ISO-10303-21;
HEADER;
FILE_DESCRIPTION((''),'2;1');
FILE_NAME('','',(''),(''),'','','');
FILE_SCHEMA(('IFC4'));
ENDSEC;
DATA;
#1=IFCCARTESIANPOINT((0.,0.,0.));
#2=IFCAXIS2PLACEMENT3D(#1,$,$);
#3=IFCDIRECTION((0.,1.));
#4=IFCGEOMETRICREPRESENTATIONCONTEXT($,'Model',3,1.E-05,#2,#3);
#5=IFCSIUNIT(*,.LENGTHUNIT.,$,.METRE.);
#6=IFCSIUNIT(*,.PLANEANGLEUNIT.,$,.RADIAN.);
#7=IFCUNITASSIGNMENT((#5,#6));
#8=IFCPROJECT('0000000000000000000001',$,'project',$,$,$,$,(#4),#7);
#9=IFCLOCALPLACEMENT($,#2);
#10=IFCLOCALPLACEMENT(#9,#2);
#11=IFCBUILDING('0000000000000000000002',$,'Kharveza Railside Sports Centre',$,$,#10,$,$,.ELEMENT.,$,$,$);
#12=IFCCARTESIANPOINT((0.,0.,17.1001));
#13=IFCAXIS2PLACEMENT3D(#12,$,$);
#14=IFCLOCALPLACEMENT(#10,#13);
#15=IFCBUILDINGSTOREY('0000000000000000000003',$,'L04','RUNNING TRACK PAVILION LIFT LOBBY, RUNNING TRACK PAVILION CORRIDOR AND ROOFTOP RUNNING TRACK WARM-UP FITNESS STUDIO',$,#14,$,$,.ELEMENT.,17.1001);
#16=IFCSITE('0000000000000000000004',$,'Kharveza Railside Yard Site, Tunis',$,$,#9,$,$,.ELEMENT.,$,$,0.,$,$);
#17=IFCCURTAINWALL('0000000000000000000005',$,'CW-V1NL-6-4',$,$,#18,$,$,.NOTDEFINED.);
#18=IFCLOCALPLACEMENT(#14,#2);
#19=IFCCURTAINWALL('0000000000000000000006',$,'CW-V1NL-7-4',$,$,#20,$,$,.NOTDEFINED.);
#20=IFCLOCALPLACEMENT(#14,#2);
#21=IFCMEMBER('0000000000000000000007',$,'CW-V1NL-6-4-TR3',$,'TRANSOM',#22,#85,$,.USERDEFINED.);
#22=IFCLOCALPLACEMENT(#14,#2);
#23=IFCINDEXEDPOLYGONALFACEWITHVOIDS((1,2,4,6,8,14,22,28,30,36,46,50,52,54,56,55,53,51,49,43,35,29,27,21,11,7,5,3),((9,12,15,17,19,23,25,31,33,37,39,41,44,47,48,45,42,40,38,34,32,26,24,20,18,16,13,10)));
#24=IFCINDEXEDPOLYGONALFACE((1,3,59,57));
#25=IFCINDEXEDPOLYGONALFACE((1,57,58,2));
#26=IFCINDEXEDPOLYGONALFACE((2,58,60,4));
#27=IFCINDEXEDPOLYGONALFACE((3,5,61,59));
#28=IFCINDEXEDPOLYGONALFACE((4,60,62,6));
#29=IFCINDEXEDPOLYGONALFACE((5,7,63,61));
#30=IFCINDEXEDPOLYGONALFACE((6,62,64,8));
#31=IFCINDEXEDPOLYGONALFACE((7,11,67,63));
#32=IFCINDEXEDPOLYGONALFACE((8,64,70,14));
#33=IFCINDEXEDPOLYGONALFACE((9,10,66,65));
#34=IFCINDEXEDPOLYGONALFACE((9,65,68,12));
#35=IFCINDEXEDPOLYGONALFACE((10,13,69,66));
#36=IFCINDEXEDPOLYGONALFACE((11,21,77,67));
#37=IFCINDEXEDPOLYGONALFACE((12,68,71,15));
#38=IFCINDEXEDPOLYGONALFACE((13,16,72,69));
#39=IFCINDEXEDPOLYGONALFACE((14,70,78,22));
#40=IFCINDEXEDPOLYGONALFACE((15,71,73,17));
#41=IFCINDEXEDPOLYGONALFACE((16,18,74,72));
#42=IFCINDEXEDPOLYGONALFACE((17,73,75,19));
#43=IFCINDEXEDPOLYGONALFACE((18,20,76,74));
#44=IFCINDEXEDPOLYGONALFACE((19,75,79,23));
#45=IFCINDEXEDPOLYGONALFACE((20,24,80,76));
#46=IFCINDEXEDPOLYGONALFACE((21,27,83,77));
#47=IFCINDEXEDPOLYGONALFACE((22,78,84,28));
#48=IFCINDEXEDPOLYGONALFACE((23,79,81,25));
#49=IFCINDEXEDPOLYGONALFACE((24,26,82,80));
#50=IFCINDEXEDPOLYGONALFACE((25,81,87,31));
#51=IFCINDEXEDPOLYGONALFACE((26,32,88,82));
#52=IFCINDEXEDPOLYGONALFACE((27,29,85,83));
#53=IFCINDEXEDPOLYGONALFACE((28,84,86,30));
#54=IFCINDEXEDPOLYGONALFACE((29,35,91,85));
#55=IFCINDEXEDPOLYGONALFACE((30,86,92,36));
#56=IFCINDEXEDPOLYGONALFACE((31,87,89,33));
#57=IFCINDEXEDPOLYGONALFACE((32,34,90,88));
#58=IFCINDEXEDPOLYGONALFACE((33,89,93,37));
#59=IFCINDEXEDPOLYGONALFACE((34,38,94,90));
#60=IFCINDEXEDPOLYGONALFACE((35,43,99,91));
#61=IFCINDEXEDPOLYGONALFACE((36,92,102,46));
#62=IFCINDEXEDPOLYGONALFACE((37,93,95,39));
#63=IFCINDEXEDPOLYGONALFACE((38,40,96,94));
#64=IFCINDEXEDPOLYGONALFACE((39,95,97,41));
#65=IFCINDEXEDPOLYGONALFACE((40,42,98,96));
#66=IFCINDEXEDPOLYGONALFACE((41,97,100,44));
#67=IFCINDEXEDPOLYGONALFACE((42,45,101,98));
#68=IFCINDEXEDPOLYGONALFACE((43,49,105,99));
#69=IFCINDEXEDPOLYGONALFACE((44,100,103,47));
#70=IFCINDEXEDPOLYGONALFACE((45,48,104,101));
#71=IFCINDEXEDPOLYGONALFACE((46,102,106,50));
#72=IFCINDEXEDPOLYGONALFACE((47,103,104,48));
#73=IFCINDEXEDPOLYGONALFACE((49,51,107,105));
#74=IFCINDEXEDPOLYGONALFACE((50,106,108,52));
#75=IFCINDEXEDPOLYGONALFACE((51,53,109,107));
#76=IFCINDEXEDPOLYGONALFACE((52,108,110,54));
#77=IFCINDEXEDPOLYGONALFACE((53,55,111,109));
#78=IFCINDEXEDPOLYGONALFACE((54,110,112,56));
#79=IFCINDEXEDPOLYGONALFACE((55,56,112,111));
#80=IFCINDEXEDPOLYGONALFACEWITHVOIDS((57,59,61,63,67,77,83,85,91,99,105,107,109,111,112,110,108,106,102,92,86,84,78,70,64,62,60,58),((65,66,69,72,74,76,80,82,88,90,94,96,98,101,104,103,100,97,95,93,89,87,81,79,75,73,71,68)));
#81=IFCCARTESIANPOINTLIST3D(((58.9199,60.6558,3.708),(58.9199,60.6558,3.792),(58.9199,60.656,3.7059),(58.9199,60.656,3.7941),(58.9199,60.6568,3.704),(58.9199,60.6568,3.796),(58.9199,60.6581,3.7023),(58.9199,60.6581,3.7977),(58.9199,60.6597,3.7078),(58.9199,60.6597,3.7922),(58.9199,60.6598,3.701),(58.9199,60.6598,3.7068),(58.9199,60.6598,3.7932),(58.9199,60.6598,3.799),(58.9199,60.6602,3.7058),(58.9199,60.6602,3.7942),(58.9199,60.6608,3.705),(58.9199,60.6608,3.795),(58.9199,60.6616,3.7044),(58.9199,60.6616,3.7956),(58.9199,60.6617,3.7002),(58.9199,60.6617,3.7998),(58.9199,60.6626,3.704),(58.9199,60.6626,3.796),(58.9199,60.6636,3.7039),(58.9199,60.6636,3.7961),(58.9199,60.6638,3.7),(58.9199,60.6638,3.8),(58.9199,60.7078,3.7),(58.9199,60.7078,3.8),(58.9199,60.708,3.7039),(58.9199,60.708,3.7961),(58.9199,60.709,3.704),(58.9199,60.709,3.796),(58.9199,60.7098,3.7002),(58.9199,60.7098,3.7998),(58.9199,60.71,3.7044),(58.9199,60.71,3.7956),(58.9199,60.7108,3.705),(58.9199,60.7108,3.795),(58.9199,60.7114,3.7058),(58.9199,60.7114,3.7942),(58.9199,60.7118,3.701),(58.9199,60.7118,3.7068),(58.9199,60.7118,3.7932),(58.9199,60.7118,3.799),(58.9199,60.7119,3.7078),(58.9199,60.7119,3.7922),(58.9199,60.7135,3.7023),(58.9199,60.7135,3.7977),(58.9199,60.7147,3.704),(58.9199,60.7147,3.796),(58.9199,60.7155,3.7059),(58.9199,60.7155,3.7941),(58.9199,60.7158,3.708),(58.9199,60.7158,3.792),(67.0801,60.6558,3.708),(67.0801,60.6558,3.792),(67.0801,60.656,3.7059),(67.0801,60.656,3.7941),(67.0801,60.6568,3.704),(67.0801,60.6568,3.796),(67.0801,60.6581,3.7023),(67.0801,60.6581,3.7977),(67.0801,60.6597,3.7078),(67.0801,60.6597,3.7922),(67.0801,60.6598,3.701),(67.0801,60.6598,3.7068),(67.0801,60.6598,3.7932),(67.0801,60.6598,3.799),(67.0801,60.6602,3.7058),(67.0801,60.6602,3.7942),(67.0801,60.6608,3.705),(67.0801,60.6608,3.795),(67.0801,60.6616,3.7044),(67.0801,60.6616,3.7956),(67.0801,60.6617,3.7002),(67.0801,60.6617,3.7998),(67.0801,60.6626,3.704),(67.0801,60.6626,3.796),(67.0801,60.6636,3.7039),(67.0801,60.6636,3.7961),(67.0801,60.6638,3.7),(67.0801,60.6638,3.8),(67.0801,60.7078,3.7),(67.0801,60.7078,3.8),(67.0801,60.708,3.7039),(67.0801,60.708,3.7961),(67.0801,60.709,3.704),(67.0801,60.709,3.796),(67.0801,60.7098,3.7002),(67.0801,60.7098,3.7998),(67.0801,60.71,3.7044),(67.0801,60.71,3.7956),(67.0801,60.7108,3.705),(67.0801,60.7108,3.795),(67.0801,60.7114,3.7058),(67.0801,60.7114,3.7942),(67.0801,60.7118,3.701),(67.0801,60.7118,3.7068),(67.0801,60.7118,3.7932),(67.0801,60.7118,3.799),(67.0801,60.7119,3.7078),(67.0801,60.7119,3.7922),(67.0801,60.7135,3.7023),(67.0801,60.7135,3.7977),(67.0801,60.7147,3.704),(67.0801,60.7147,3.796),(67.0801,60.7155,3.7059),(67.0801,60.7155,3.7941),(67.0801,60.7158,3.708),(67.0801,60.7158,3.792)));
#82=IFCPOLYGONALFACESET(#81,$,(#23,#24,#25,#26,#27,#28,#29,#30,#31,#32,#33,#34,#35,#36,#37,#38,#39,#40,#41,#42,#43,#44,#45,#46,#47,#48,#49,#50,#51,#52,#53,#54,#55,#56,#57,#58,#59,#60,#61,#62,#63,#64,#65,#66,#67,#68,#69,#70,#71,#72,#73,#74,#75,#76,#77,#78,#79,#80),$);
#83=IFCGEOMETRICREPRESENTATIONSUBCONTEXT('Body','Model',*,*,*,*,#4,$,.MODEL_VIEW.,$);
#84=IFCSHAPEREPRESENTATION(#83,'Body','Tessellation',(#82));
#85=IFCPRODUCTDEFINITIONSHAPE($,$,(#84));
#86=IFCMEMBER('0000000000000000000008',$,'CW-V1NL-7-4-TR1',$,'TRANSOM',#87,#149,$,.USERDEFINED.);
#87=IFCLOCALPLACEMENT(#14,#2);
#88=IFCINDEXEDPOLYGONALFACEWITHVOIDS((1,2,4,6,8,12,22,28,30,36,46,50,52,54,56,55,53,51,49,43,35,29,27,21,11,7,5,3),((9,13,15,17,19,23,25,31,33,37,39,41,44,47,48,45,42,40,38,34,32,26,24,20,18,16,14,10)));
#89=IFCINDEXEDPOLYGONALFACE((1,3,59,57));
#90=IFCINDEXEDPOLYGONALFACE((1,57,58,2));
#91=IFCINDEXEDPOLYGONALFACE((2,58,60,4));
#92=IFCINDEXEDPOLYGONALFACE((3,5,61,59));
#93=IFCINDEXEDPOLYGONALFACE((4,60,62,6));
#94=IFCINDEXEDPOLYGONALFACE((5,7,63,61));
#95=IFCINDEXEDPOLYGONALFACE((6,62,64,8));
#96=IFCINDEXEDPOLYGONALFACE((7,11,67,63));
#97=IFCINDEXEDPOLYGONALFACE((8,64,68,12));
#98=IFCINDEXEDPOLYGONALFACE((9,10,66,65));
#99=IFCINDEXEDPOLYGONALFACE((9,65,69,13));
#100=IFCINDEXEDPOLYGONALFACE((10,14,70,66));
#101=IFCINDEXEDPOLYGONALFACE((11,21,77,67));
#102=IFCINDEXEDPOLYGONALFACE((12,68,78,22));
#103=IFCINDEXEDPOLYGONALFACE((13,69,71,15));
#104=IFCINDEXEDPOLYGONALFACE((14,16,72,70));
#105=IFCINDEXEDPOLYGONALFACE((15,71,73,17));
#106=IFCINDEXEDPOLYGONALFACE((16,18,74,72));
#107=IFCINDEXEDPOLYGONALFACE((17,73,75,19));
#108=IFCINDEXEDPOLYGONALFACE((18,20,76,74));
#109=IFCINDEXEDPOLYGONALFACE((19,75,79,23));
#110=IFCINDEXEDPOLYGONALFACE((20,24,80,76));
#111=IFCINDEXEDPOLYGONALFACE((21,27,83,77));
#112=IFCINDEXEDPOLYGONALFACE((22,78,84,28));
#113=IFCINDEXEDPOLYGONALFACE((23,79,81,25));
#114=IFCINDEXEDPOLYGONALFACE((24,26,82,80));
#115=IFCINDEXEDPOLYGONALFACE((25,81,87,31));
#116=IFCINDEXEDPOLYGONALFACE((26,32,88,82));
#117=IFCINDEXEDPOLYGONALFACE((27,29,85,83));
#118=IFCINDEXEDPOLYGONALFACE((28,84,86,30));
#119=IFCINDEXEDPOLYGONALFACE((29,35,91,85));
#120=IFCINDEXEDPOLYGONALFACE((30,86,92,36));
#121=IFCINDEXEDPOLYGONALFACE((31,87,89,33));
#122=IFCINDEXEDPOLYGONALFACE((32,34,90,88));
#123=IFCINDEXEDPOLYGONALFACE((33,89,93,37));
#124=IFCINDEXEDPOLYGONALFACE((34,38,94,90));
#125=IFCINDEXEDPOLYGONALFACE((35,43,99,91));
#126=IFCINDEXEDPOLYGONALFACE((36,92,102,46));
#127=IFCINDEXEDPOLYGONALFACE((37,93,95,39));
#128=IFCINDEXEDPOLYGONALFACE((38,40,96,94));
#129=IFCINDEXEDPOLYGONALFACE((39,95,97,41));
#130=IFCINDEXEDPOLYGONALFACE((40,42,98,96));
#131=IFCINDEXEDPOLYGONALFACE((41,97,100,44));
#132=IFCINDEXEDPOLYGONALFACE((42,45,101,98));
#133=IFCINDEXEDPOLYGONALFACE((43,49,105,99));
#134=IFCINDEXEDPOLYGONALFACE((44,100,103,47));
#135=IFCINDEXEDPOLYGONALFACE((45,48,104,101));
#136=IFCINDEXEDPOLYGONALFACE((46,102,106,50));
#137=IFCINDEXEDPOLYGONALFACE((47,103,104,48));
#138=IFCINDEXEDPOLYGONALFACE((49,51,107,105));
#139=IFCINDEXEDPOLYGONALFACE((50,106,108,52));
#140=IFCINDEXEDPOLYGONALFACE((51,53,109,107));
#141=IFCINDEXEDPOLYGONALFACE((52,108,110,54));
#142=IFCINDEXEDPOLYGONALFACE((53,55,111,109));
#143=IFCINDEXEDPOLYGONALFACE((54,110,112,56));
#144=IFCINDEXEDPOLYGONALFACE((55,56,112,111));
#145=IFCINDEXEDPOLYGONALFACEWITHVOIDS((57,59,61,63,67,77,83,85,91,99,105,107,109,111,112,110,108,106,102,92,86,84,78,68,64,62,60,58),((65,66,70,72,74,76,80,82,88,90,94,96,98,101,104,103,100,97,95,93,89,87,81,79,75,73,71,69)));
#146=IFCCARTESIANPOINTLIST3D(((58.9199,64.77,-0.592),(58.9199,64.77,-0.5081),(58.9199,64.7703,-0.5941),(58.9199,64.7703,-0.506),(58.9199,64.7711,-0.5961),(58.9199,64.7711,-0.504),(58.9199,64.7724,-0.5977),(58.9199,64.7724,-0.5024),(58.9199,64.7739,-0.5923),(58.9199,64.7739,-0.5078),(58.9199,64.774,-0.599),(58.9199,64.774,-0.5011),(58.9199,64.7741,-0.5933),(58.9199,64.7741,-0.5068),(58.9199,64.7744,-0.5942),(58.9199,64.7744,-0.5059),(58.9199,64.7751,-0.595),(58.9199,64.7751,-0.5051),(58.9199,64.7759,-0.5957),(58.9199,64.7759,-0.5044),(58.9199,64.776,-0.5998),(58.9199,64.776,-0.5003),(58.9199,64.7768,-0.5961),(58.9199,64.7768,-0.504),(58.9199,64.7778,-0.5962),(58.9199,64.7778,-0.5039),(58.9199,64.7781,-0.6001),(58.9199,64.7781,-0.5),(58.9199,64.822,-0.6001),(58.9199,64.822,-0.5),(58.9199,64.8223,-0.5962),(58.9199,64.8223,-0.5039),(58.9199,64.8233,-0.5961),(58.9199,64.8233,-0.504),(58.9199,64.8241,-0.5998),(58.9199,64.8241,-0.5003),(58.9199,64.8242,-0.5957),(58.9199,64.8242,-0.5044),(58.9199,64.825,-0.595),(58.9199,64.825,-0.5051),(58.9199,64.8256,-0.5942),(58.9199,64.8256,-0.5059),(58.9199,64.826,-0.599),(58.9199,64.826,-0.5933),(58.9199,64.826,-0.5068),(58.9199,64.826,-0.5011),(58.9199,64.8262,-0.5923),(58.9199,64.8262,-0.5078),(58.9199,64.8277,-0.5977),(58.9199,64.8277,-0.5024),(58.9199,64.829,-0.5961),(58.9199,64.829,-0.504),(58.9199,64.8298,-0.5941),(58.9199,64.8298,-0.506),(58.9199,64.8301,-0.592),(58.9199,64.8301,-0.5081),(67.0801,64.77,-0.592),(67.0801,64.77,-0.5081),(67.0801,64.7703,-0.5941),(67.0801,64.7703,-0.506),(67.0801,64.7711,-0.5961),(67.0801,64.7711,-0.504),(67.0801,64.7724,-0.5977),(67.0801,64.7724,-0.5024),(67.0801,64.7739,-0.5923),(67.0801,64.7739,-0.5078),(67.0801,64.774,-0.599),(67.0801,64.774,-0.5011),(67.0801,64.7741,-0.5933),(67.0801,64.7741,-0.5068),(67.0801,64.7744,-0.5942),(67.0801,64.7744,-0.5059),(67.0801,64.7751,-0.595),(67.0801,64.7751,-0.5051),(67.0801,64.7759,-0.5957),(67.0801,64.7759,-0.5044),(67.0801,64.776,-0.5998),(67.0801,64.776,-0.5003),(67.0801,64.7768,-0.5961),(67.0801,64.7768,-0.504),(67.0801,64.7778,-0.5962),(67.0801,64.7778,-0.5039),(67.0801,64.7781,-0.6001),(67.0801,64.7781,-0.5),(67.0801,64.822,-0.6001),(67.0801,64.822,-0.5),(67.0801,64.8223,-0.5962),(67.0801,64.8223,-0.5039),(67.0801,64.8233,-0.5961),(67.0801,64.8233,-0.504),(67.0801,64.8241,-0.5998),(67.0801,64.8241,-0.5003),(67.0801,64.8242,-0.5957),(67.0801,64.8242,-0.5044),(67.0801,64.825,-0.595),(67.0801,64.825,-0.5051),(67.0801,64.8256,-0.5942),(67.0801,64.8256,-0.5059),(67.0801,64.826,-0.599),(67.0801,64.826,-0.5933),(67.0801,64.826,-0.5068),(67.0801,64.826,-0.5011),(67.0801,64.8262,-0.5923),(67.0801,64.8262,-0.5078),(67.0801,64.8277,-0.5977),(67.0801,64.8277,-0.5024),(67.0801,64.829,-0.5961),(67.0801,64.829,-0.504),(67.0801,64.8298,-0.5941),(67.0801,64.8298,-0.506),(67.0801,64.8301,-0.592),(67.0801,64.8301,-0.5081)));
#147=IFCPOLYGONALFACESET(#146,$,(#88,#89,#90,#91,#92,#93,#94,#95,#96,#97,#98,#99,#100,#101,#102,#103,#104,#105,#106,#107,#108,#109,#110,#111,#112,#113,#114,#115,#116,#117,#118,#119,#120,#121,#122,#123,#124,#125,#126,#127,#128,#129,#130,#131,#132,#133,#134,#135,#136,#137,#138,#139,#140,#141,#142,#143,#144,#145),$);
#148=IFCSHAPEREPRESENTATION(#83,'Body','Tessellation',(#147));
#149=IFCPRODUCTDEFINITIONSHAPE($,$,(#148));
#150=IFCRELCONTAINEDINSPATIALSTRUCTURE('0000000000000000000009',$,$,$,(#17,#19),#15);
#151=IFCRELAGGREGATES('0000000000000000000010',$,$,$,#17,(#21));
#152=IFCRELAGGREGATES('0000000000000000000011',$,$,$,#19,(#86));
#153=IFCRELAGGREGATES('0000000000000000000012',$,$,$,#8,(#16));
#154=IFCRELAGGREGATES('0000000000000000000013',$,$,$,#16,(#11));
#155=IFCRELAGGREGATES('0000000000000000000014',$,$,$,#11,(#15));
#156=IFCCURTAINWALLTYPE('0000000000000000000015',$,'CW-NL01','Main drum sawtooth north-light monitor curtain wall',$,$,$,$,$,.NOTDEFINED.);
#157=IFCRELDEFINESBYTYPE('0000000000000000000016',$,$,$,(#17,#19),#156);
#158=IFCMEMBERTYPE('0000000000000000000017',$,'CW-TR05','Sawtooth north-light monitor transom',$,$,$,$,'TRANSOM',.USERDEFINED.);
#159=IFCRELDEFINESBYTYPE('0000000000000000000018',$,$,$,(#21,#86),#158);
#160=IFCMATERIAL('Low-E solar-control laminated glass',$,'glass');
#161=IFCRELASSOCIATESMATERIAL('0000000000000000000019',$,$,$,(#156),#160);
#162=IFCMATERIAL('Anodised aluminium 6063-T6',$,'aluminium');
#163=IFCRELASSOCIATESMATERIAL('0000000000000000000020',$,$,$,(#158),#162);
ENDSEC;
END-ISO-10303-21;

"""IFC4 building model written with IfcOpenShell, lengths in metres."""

from ifc_helpers import new_model, si_unit, direction, frame, origin, origin_2d, place, context, subcontext, project, spatial, hollow_rectangle, extrude, material, material_profile, profile_set, type_object, element, aggregate, save


model = new_model("IFC4")

# Units and contexts
model_context = context("Model", 3, precision=1e-05, world=origin(), true_north=direction((0.0, 1.0)))
body_context = subcontext(model_context, "Body", "Model", "MODEL_VIEW")
ifc_project = project(units=[si_unit("LENGTHUNIT", "METRE"), si_unit("PLANEANGLEUNIT", "RADIAN")], contexts=[model_context])

# Site, building, storey
site_placement = place(None, origin())
site = spatial("IfcSite", under=ifc_project, at=site_placement, Name="Kharveza Railside Yard Site, Tunis", CompositionType="ELEMENT", RefElevation=0.0)
building_placement = place(site_placement, origin())
building = spatial("IfcBuilding", under=site, at=building_placement, Name="Kharveza Railside Sports Centre", CompositionType="ELEMENT")
storey_placement = place(building_placement, frame((0.0, 0.0, 17.1001)))
storey = spatial("IfcBuildingStorey", under=building, at=storey_placement, Name="L04", Description="RUNNING TRACK PAVILION LIFT LOBBY, RUNNING TRACK PAVILION CORRIDOR AND ROOFTOP RUNNING TRACK WARM-UP FITNESS STUDIO", CompositionType="ELEMENT", Elevation=17.1001)

# Curtain wall
ifc_material_1 = material(Name="Low-E solar-control laminated glass", Category="glass")
curtain_wall_type = type_object("IfcCurtainWallType", Name="CW-NL01", Description="Main drum sawtooth north-light monitor curtain wall", PredefinedType="NOTDEFINED", material=ifc_material_1)
curtain_wall_1_placement = place(storey_placement, origin())
curtain_wall_1 = element("IfcCurtainWall", 1, at=curtain_wall_1_placement, inside=storey, type_object=curtain_wall_type, Name="CW-V1NL-6-4", PredefinedType="NOTDEFINED")
ifc_material_2 = material(Name="Anodised aluminium 6063-T6", Category="aluminium")

# Curtain wall
curtain_wall_2_placement = place(storey_placement, origin())
curtain_wall_2 = element("IfcCurtainWall", 2, at=curtain_wall_2_placement, inside=storey, type_object=curtain_wall_type, Name="CW-V1NL-7-4", PredefinedType="NOTDEFINED")

# Members
ifc_material_profile_1 = material_profile(ifc_material_2, hollow_rectangle(XDim=0.0601, YDim=0.1001, WallThickness=0.0039, InnerFilletRadius=0.0039, OuterFilletRadius=0.0081, at=origin_2d()), Name="RHS 60x100x4.0")
ifc_profile_set_1 = profile_set([ifc_material_profile_1], Name="Anodised aluminium 6063-T6")
member_type_1 = type_object("IfcMemberType", Name="CW-TR05", Description="Sawtooth north-light monitor transom", ElementType="TRANSOM", PredefinedType="USERDEFINED", material=ifc_profile_set_1)
member_1_placement = place(storey_placement, frame((58.9199, 60.6858, 3.75), z_axis=(1.0, 0.0, 0.0), x_axis=(0.0, 1.0, 0.0)))
member_1 = element("IfcMember", 3, at=member_1_placement, type_object=member_type_1, Name="CW-V1NL-6-4-TR3", ObjectType="TRANSOM", PredefinedType="USERDEFINED", context=body_context, shape_type="SweptSolid", body=[
    extrude(hollow_rectangle(XDim=0.0601, YDim=0.1001, WallThickness=0.0039, InnerFilletRadius=0.0039, OuterFilletRadius=0.0081, at=origin_2d()), origin(), (0.0, 0.0, 1.0), 8.1602),
])
member_2_placement = place(storey_placement, frame((58.9199, 64.8, -0.55), z_axis=(1.0, 0.0, 0.0), x_axis=(0.0, 1.0, 0.0)))
member_2 = element("IfcMember", 4, at=member_2_placement, type_object=member_type_1, Name="CW-V1NL-7-4-TR1", ObjectType="TRANSOM", PredefinedType="USERDEFINED", context=body_context, shape_type="SweptSolid", body=[
    extrude(hollow_rectangle(XDim=0.0601, YDim=0.1001, WallThickness=0.0039, InnerFilletRadius=0.0039, OuterFilletRadius=0.0081, at=origin_2d()), origin(), (0.0, 0.0, 1.0), 8.1602),
])

aggregate(curtain_wall_1, [member_1])
aggregate(curtain_wall_2, [member_2])

save(model, "model.ifc")
